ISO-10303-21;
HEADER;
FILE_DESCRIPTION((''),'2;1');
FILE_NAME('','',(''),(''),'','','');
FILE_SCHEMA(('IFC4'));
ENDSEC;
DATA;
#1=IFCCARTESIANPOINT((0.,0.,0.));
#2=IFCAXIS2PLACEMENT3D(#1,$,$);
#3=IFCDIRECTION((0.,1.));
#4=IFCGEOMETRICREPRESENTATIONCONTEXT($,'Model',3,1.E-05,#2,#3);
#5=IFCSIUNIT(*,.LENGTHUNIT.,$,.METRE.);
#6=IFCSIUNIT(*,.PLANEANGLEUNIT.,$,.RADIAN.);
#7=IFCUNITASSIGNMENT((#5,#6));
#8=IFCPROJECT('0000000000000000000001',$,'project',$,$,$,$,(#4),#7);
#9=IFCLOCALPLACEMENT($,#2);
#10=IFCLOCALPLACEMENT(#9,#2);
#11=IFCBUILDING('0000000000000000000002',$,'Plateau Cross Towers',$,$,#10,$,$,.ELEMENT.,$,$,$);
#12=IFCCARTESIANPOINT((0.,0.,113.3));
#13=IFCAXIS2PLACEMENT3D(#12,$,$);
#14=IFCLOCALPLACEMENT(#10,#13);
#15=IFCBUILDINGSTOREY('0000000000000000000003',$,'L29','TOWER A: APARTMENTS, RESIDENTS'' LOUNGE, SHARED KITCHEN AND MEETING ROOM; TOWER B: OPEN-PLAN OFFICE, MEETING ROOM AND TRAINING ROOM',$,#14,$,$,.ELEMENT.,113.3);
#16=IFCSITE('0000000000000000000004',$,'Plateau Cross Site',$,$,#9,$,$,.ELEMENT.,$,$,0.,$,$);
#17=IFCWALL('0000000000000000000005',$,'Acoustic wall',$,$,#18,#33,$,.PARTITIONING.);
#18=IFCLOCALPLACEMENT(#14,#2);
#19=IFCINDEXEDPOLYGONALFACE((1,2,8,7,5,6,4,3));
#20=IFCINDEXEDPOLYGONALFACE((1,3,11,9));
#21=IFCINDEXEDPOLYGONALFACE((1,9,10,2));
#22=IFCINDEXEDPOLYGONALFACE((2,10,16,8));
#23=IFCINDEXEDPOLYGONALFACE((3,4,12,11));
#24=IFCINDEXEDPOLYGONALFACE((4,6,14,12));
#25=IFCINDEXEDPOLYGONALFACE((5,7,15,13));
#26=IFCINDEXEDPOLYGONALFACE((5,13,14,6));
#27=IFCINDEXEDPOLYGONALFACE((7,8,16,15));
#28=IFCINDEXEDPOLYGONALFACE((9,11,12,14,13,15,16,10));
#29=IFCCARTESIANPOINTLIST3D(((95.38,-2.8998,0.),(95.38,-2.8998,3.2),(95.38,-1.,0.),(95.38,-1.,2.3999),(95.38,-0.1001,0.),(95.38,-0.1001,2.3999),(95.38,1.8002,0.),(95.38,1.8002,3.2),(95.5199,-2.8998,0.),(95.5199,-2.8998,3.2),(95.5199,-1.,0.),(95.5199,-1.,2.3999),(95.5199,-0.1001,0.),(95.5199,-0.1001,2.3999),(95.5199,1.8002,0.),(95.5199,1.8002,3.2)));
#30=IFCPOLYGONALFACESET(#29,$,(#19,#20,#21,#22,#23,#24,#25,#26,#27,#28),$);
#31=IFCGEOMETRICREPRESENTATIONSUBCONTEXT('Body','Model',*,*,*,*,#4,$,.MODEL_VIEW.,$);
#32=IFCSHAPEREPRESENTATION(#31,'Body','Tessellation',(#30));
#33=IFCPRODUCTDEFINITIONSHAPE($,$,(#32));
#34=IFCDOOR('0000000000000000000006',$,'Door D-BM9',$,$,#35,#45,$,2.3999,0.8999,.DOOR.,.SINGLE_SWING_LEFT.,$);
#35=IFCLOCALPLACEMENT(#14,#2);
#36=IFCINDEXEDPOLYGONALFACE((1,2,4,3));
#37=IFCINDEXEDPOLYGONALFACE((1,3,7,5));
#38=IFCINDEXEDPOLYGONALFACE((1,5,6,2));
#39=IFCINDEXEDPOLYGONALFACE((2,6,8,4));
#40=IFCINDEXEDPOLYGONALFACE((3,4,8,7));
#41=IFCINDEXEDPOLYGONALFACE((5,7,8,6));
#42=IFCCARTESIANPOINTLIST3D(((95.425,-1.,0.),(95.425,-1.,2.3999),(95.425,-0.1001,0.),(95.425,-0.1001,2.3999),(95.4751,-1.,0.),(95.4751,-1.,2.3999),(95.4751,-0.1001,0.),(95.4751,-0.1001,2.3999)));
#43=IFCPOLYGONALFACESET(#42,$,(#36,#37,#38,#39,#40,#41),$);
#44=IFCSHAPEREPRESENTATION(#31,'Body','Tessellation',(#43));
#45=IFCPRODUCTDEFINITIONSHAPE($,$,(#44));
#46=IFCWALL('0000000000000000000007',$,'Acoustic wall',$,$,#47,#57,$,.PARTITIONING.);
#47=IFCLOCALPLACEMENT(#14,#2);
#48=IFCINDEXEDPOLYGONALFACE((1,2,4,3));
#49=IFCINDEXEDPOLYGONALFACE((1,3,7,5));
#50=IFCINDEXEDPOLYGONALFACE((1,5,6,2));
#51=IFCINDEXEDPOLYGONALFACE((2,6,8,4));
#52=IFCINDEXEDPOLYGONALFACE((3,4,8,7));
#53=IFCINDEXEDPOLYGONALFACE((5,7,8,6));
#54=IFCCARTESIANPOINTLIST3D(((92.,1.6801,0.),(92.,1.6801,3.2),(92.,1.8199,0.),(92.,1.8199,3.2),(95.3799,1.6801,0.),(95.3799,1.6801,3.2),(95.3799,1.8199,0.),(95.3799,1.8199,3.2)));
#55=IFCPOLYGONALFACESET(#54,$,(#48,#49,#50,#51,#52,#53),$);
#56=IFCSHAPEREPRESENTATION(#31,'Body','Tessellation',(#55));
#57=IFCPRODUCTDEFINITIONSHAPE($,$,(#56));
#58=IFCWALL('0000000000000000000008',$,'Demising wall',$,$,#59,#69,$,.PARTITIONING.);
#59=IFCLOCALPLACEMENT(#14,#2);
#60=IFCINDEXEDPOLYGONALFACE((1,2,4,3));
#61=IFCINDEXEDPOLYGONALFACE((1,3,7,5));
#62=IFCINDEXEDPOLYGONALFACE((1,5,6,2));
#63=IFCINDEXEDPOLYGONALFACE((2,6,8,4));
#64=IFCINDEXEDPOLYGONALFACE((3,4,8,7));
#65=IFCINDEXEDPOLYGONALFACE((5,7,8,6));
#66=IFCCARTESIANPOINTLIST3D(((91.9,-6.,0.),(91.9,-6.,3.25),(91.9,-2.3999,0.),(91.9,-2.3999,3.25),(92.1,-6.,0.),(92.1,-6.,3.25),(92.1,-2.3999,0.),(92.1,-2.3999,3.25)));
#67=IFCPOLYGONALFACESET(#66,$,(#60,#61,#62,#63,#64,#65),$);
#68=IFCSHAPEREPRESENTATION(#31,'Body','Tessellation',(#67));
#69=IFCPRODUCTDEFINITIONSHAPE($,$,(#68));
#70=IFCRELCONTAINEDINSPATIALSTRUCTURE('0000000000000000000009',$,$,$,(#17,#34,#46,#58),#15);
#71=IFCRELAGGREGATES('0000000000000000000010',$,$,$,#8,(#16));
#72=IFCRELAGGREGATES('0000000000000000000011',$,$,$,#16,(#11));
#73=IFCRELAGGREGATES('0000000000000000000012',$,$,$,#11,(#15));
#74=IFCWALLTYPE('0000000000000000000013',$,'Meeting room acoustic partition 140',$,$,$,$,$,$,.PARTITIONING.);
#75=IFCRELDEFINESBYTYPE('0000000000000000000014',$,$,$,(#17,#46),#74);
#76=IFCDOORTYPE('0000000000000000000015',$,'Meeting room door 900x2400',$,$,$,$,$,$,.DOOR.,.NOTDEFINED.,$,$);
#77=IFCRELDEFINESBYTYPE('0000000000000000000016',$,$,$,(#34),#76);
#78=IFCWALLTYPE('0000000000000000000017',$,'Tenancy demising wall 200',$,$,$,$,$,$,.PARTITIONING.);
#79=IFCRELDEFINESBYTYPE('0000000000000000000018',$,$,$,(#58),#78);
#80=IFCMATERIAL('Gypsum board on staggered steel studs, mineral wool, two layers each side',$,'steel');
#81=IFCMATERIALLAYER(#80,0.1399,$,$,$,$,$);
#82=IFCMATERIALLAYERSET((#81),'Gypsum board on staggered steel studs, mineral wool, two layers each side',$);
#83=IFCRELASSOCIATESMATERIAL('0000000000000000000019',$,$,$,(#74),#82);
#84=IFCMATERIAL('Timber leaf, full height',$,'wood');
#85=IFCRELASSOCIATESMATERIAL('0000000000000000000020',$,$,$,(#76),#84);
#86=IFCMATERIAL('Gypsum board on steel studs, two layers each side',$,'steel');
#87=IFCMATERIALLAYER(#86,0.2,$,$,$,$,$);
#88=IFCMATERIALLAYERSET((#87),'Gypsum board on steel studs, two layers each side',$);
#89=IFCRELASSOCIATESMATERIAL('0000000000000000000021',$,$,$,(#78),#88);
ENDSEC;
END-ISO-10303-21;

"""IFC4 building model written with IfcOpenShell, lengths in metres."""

from ifc_helpers import new_model, si_unit, direction, frame, frame_2d, origin, place, context, subcontext, project, spatial, rectangle, extrude, material, layer, layer_set, type_object, element, fill, save


model = new_model("IFC4")

# Units and contexts
model_context = context("Model", 3, precision=1e-05, world=origin(), true_north=direction((0.0, 1.0)))
body_context = subcontext(model_context, "Body", "Model", "MODEL_VIEW")
ifc_project = project(units=[si_unit("LENGTHUNIT", "METRE"), si_unit("PLANEANGLEUNIT", "RADIAN")], contexts=[model_context])

# Site, building, storey
site_placement = place(None, origin())
site = spatial("IfcSite", under=ifc_project, at=site_placement, Name="Plateau Cross Site", CompositionType="ELEMENT", RefElevation=0.0)
building_placement = place(site_placement, origin())
building = spatial("IfcBuilding", under=site, at=building_placement, Name="Plateau Cross Towers", CompositionType="ELEMENT")
storey_placement = place(building_placement, frame((0.0, 0.0, 113.3)))
storey = spatial("IfcBuildingStorey", under=building, at=storey_placement, Name="L29", Description="TOWER A: APARTMENTS, RESIDENTS' LOUNGE, SHARED KITCHEN AND MEETING ROOM; TOWER B: OPEN-PLAN OFFICE, MEETING ROOM AND TRAINING ROOM", CompositionType="ELEMENT", Elevation=113.3)

# Shared definitions
ifc_material_1 = material(Name="Gypsum board on steel studs, two layers each side", Category="steel")
ifc_material_2 = material(Name="Gypsum board on staggered steel studs, mineral wool, two layers each side", Category="steel")
ifc_layer_1 = layer(ifc_material_2, 0.1399)
ifc_layer_set_1 = layer_set([ifc_layer_1], Name="Gypsum board on staggered steel studs, mineral wool, two layers each side")
wall_type_1 = type_object("IfcWallType", Name="Meeting room acoustic partition 140", PredefinedType="PARTITIONING", material=ifc_layer_set_1)
ifc_material_3 = material(Name="Timber leaf, full height", Category="wood")
door_type_1 = type_object("IfcDoorType", Name="Meeting room door 900x2400", OperationType="NOTDEFINED", PredefinedType="DOOR", material=ifc_material_3)

# Wall, opening, door
wall_1_placement = place(storey_placement, frame((95.45, -2.8999, 0.0), z_axis=(0.0, 0.0, 1.0), x_axis=(0.0, 1.0, 0.0)))
wall_1 = element("IfcWall", 1, at=wall_1_placement, inside=storey, type_object=wall_type_1, Name="Acoustic wall", PredefinedType="PARTITIONING", context=body_context, shape_type="SweptSolid", body=[
    extrude(rectangle(XDim=4.7, YDim=0.1399, at=frame_2d((2.3501, 0.0))), origin(), (0.0, 0.0, 1.0), 3.2),
])
opening_1_placement = place(wall_1_placement, frame((1.8999, 0.0, 0.0)))
opening_1 = element("IfcOpeningElement", 2, at=opening_1_placement, cuts=wall_1, PredefinedType="OPENING", context=body_context, shape_type="SweptSolid", body=[
    extrude(rectangle(XDim=0.8999, YDim=2.3999, at=frame_2d((0.45, 1.2))), frame((0.0, 0.0798, 0.0), z_axis=(0.0, -1.0, 0.0), x_axis=(1.0, 0.0, 0.0)), (0.0, 0.0, 1.0), 0.1599),
])
door_1_placement = place(opening_1_placement, origin())
door_1 = element("IfcDoor", 3, at=door_1_placement, inside=storey, type_object=door_type_1, Name="Door D-BM9", OperationType="SINGLE_SWING_LEFT", OverallHeight=2.3999, OverallWidth=0.8999, PredefinedType="DOOR", context=body_context, shape_type="SweptSolid", body=[
    extrude(rectangle(XDim=0.8999, YDim=2.3999, at=frame_2d((0.45, 1.2))), frame((0.0, 0.0249, 0.0), z_axis=(0.0, -1.0, 0.0), x_axis=(1.0, 0.0, 0.0)), (0.0, 0.0, 1.0), 0.05),
])
fill(opening_1, door_1)

# Walls
wall_2_placement = place(storey_placement, frame((92.0, 1.75, 0.0), z_axis=(0.0, 0.0, 1.0), x_axis=(1.0, 0.0, 0.0)))
element("IfcWall", 4, at=wall_2_placement, inside=storey, type_object=wall_type_1, Name="Acoustic wall", PredefinedType="PARTITIONING", context=body_context, shape_type="SweptSolid", body=[
    extrude(rectangle(XDim=3.3799, YDim=0.1399, at=frame_2d((1.6899, 0.0))), origin(), (0.0, 0.0, 1.0), 3.2),
])
ifc_layer_2 = layer(ifc_material_1, 0.2)
ifc_layer_set_2 = layer_set([ifc_layer_2], Name="Gypsum board on steel studs, two layers each side")
wall_type_2 = type_object("IfcWallType", Name="Tenancy demising wall 200", PredefinedType="PARTITIONING", material=ifc_layer_set_2)
wall_3_placement = place(storey_placement, frame((92.0, -6.0, 0.0), z_axis=(0.0, 0.0, 1.0), x_axis=(0.0, 1.0, 0.0)))
element("IfcWall", 5, at=wall_3_placement, inside=storey, type_object=wall_type_2, Name="Demising wall", PredefinedType="PARTITIONING", context=body_context, shape_type="SweptSolid", body=[
    extrude(rectangle(XDim=3.6001, YDim=0.2, at=frame_2d((1.8, 0.0))), origin(), (0.0, 0.0, 1.0), 3.25),
])

save(model, "model.ifc")
